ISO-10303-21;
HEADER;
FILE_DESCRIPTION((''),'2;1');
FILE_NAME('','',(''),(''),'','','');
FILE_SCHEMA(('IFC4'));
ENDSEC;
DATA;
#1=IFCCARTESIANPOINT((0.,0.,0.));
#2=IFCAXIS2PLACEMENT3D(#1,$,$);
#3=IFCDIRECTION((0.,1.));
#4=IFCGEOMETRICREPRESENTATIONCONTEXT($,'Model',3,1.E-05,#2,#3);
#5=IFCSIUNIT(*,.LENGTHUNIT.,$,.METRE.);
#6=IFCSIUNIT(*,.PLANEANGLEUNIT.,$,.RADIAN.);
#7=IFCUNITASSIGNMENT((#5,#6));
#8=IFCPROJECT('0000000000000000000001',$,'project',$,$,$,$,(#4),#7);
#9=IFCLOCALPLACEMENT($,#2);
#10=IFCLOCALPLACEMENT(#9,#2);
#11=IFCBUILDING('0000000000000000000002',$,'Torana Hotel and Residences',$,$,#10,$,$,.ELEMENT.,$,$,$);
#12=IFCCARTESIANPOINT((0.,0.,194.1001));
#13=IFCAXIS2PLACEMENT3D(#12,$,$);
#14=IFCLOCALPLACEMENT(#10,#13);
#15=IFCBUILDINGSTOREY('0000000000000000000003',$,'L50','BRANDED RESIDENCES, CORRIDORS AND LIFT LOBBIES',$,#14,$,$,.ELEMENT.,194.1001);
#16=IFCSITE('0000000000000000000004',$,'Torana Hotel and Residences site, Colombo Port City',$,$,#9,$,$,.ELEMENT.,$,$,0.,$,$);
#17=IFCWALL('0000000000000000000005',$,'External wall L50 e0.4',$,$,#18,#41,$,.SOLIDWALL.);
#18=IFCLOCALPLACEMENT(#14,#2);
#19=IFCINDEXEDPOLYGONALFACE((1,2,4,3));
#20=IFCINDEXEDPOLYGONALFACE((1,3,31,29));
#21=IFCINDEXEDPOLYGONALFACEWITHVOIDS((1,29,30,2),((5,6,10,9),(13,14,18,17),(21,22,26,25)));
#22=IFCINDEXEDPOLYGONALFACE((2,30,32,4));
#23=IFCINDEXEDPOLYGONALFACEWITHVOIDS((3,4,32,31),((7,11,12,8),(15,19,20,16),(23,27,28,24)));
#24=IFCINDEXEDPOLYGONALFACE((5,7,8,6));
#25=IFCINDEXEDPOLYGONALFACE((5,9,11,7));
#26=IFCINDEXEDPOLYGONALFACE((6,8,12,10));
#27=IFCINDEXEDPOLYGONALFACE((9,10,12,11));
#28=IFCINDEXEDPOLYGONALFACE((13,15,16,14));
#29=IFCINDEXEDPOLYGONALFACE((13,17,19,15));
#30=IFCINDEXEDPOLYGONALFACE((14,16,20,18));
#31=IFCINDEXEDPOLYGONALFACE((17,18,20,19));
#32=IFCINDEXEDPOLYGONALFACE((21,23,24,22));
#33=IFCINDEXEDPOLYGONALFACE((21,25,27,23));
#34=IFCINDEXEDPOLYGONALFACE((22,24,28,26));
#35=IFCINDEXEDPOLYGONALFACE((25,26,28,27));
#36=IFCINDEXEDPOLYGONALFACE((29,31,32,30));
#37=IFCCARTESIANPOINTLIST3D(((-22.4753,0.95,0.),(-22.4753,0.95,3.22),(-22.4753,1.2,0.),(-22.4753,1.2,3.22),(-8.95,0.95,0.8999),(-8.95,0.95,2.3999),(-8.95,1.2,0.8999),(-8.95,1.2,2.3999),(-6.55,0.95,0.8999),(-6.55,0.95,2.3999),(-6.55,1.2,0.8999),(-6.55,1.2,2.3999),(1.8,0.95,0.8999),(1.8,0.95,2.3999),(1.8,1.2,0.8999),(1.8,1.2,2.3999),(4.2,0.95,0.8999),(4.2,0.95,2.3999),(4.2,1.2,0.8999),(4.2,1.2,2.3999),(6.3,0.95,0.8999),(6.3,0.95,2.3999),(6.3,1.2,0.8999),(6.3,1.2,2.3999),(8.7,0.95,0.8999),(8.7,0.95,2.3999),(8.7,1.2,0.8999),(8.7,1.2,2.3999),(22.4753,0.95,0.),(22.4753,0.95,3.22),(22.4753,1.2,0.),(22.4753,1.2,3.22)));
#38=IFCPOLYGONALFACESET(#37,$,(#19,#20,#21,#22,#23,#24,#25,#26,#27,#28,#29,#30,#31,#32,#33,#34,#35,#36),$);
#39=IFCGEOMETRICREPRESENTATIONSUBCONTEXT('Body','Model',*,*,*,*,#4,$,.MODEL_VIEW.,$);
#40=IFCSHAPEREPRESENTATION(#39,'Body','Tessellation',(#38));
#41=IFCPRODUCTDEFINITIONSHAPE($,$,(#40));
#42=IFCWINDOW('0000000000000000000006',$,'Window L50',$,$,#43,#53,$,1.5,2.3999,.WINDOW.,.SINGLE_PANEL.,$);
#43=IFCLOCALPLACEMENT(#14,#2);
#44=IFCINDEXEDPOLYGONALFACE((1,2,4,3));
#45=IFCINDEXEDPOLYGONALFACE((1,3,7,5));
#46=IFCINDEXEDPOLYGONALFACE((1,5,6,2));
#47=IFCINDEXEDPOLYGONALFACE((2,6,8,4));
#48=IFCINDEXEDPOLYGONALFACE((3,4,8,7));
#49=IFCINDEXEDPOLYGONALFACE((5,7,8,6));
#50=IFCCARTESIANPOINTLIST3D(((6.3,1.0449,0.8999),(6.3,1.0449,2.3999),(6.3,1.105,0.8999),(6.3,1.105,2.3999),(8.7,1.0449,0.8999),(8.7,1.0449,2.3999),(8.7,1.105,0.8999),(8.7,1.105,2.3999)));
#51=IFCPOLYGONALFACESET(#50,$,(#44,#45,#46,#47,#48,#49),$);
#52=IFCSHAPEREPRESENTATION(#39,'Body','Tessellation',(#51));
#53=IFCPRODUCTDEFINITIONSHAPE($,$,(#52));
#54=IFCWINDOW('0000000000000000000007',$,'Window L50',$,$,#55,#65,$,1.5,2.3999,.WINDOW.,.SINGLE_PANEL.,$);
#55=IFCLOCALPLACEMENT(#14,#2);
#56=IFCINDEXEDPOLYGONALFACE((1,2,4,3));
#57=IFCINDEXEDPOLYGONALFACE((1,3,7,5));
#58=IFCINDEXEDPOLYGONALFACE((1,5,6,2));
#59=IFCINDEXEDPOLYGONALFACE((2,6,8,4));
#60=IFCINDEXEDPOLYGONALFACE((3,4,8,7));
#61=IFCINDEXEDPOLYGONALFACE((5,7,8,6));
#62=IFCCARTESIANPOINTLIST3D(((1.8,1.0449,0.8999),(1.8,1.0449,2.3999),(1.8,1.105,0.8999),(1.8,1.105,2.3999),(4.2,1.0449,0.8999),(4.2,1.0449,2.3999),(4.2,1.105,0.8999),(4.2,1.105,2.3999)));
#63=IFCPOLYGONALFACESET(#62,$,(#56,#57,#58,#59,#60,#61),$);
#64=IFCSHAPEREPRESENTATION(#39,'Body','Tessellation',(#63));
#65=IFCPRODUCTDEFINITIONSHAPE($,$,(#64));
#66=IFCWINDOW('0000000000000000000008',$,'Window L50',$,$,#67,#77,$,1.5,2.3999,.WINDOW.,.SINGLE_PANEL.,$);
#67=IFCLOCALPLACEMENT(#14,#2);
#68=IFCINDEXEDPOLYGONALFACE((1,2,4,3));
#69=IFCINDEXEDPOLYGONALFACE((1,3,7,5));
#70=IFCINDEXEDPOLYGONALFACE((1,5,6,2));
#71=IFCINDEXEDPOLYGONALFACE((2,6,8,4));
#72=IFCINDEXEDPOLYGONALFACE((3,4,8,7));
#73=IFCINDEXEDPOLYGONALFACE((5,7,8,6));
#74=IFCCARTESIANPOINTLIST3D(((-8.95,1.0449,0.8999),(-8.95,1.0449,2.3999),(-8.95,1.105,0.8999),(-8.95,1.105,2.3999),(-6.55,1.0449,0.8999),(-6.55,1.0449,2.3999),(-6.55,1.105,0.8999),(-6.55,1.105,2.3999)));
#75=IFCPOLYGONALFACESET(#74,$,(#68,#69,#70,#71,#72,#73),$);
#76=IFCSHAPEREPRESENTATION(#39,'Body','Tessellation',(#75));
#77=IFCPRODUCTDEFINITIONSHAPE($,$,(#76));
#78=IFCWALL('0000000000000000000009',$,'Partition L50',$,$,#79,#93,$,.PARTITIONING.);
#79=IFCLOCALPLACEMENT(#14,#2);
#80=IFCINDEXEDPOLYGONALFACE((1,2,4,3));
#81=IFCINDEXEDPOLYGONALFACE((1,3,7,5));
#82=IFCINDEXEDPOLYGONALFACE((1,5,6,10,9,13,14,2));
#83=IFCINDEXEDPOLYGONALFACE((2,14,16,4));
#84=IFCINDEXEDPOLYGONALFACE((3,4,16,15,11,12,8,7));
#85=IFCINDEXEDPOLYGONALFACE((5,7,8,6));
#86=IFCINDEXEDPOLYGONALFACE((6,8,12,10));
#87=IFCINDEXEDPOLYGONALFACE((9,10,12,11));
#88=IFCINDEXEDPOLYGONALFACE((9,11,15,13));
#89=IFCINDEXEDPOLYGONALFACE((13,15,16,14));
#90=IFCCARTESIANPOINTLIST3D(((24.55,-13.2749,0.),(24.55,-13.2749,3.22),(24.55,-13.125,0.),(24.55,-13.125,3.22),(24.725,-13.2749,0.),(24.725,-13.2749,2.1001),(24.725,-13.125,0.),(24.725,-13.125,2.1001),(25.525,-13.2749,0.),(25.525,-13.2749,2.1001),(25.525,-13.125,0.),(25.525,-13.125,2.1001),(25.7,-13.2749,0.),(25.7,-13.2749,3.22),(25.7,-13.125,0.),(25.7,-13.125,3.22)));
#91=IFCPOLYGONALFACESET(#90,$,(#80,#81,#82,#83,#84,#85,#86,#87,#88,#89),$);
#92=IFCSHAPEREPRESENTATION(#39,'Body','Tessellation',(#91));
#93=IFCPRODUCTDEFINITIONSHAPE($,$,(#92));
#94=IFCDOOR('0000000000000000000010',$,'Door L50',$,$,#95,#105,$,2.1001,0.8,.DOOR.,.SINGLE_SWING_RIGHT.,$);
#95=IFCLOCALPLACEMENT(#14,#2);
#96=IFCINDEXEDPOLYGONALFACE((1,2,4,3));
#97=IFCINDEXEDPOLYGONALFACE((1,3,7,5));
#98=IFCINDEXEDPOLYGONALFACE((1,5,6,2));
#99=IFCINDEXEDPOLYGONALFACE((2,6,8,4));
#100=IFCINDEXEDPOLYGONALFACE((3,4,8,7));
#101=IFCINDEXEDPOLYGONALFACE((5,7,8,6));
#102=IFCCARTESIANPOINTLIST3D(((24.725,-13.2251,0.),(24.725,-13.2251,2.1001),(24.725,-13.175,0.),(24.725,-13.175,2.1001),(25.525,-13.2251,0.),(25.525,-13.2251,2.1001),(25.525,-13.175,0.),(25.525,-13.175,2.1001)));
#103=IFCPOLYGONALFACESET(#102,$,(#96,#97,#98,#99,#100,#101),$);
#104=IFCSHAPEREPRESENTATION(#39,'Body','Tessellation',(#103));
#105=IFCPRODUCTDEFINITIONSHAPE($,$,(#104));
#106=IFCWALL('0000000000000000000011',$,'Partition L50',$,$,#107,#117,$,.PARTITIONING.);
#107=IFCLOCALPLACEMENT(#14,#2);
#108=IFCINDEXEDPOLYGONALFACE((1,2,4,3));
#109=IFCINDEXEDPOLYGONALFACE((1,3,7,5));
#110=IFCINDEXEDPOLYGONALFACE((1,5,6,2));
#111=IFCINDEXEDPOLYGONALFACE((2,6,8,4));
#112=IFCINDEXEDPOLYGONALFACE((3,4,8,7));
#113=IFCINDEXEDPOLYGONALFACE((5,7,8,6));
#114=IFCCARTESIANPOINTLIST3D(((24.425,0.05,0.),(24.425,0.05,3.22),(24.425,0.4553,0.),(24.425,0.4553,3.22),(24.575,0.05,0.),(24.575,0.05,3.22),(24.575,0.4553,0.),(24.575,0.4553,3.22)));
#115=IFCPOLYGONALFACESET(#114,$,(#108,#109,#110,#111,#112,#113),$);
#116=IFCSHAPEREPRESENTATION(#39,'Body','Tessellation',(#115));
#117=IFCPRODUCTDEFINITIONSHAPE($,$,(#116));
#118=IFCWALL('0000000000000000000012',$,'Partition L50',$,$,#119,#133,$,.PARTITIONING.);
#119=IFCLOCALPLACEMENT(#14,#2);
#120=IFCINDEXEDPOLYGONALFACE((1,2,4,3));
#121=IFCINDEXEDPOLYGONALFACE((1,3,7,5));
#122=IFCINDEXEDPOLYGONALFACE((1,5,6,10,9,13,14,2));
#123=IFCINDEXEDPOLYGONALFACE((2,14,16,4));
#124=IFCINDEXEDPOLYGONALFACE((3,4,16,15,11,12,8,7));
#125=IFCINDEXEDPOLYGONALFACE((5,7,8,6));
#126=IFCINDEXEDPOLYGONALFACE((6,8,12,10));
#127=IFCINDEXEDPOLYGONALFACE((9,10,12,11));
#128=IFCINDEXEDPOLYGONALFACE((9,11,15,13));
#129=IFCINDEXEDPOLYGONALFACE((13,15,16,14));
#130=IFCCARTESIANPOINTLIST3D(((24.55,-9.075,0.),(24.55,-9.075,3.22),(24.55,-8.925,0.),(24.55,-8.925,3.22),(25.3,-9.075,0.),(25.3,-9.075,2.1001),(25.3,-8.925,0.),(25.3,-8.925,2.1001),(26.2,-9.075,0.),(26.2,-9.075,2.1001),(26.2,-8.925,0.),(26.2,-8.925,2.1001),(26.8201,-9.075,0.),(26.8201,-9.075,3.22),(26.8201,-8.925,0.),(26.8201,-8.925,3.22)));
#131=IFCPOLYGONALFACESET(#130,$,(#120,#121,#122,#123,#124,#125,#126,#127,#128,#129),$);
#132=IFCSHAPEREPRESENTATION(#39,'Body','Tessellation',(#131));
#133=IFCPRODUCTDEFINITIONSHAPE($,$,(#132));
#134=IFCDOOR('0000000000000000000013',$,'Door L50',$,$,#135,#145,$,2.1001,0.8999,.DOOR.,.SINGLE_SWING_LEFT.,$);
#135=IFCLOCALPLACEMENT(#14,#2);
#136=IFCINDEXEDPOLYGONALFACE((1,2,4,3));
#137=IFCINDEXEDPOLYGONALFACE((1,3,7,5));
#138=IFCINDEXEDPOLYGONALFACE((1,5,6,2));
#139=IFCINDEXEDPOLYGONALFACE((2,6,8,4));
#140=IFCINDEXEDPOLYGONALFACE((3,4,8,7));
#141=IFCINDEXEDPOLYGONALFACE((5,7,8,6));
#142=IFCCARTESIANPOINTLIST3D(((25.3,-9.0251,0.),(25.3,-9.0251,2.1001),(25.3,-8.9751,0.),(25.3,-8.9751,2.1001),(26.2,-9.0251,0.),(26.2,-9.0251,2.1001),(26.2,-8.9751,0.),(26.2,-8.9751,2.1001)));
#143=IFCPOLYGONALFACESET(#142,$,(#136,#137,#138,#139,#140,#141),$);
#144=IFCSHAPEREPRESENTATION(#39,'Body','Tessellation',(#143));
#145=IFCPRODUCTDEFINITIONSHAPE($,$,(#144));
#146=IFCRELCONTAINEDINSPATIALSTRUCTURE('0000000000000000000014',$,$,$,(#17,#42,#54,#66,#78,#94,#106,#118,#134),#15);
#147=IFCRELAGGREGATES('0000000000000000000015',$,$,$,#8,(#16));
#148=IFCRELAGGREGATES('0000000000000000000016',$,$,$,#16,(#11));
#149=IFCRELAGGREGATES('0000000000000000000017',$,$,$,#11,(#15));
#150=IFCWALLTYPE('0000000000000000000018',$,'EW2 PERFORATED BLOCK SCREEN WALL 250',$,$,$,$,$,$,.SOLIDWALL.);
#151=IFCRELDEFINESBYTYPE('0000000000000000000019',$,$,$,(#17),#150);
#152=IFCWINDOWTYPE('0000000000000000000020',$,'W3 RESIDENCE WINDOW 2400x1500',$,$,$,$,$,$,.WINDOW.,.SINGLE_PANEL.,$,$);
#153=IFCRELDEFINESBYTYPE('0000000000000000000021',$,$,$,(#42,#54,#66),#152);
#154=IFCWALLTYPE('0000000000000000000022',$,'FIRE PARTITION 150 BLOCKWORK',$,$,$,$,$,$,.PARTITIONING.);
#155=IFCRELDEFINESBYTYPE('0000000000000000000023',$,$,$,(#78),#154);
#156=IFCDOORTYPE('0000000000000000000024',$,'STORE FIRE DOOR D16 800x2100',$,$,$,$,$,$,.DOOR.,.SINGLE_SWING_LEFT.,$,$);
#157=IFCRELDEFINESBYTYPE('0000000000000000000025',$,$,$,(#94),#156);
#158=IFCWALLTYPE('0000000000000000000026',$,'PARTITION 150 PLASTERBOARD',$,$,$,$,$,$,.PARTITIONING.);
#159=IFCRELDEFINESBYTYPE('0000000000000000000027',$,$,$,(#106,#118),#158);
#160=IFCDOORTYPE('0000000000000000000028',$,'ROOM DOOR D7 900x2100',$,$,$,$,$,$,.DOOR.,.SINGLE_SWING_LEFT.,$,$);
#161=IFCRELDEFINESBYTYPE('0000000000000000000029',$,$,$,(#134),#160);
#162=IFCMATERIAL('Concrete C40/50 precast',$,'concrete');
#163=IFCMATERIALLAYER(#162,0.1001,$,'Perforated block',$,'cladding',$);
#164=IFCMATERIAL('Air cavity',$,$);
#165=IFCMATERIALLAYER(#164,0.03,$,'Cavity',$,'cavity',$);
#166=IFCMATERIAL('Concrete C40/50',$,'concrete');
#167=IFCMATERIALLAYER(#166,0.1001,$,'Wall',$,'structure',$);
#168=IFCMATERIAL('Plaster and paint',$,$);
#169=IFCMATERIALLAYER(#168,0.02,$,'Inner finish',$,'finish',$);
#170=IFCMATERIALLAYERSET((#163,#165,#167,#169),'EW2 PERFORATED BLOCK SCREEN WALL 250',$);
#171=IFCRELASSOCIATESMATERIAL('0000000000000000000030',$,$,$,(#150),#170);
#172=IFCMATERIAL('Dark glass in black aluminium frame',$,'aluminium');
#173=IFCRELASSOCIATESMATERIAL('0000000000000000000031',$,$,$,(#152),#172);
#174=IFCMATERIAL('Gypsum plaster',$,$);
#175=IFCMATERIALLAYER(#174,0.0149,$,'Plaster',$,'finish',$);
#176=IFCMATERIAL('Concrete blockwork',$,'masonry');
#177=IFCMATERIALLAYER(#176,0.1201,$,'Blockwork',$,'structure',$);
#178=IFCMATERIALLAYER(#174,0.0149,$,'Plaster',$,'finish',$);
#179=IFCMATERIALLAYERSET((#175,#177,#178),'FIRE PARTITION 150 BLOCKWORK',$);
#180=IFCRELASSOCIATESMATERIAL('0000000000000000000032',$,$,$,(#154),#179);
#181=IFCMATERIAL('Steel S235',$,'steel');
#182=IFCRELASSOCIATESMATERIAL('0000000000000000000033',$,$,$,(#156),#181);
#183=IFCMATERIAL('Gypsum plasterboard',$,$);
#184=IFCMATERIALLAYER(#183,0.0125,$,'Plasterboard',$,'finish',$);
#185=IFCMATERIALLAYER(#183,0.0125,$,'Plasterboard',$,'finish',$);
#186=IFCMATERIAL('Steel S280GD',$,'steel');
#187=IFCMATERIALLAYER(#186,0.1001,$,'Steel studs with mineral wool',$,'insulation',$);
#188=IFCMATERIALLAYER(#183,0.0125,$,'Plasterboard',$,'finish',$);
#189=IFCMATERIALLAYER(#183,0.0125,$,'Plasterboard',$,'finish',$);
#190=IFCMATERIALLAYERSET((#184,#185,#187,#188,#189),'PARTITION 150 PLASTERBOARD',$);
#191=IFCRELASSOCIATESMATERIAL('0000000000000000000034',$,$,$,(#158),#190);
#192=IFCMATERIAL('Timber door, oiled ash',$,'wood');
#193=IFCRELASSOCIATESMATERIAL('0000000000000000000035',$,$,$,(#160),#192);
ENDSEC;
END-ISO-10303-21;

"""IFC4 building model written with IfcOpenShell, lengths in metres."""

from ifc_helpers import new_model, si_unit, direction, frame, frame_2d, origin, place, context, subcontext, project, spatial, rectangle, extrude, material, layer, layer_set, type_object, element, fill, save


model = new_model("IFC4")

# Units and contexts
model_context = context("Model", 3, precision=1e-05, world=origin(), true_north=direction((0.0, 1.0)))
body_context = subcontext(model_context, "Body", "Model", "MODEL_VIEW")
ifc_project = project(units=[si_unit("LENGTHUNIT", "METRE"), si_unit("PLANEANGLEUNIT", "RADIAN")], contexts=[model_context])

# Site, building, storey
site_placement = place(None, origin())
site = spatial("IfcSite", under=ifc_project, at=site_placement, Name="Torana Hotel and Residences site, Colombo Port City", CompositionType="ELEMENT", RefElevation=0.0)
building_placement = place(site_placement, origin())
building = spatial("IfcBuilding", under=site, at=building_placement, Name="Torana Hotel and Residences", CompositionType="ELEMENT")
storey_placement = place(building_placement, frame((0.0, 0.0, 194.1001)))
storey = spatial("IfcBuildingStorey", under=building, at=storey_placement, Name="L50", Description="BRANDED RESIDENCES, CORRIDORS AND LIFT LOBBIES", CompositionType="ELEMENT", Elevation=194.1001)

# Shared definitions
ifc_material_1 = material(Name="Steel S280GD", Category="steel")

# Wall, openings, windows
ifc_material_2 = material(Name="Concrete C40/50 precast", Category="concrete")
ifc_layer_1 = layer(ifc_material_2, 0.1001, Name="Perforated block", Category="cladding")
ifc_material_3 = material(Name="Air cavity")
ifc_layer_2 = layer(ifc_material_3, 0.03, Name="Cavity", Category="cavity")
ifc_material_4 = material(Name="Concrete C40/50", Category="concrete")
ifc_layer_3 = layer(ifc_material_4, 0.1001, Name="Wall", Category="structure")
ifc_material_5 = material(Name="Plaster and paint")
ifc_layer_4 = layer(ifc_material_5, 0.02, Name="Inner finish", Category="finish")
ifc_layer_set_1 = layer_set([ifc_layer_1, ifc_layer_2, ifc_layer_3, ifc_layer_4], Name="EW2 PERFORATED BLOCK SCREEN WALL 250")
wall_type_1 = type_object("IfcWallType", Name="EW2 PERFORATED BLOCK SCREEN WALL 250", PredefinedType="SOLIDWALL", material=ifc_layer_set_1)
wall_1_placement = place(storey_placement, frame((22.4753, 1.075, 0.0), z_axis=(0.0, 0.0, 1.0), x_axis=(-1.0, 0.0, 0.0)))
wall_1 = element("IfcWall", 1, at=wall_1_placement, inside=storey, type_object=wall_type_1, Name="External wall L50 e0.4", PredefinedType="SOLIDWALL", context=body_context, shape_type="SweptSolid", body=[
    extrude(rectangle(XDim=44.9507, YDim=0.25, at=frame_2d((22.4753, 0.0))), origin(), (0.0, 0.0, 1.0), 3.22),
])
opening_1_placement = place(wall_1_placement, frame((13.7754, 0.0, 0.8999)))
opening_1 = element("IfcOpeningElement", 2, at=opening_1_placement, cuts=wall_1, PredefinedType="OPENING", context=body_context, shape_type="SweptSolid", body=[
    extrude(rectangle(XDim=2.3999, YDim=1.5, at=frame_2d((1.2, 0.75))), frame((0.0, 0.135, 0.0), z_axis=(0.0, -1.0, 0.0), x_axis=(1.0, 0.0, 0.0)), (0.0, 0.0, 1.0), 0.27),
])
opening_2_placement = place(wall_1_placement, frame((18.2754, 0.0, 0.8999)))
opening_2 = element("IfcOpeningElement", 3, at=opening_2_placement, cuts=wall_1, PredefinedType="OPENING", context=body_context, shape_type="SweptSolid", body=[
    extrude(rectangle(XDim=2.3999, YDim=1.5, at=frame_2d((1.2, 0.75))), frame((0.0, 0.135, 0.0), z_axis=(0.0, -1.0, 0.0), x_axis=(1.0, 0.0, 0.0)), (0.0, 0.0, 1.0), 0.27),
])
opening_3_placement = place(wall_1_placement, frame((29.0254, 0.0, 0.8999)))
opening_3 = element("IfcOpeningElement", 4, at=opening_3_placement, cuts=wall_1, PredefinedType="OPENING", context=body_context, shape_type="SweptSolid", body=[
    extrude(rectangle(XDim=2.3999, YDim=1.5, at=frame_2d((1.2, 0.75))), frame((0.0, 0.135, 0.0), z_axis=(0.0, -1.0, 0.0), x_axis=(1.0, 0.0, 0.0)), (0.0, 0.0, 1.0), 0.27),
])
ifc_material_6 = material(Name="Dark glass in black aluminium frame", Category="aluminium")
window_type = type_object("IfcWindowType", Name="W3 RESIDENCE WINDOW 2400x1500", PartitioningType="SINGLE_PANEL", PredefinedType="WINDOW", material=ifc_material_6)
window_1_placement = place(opening_1_placement, origin())
window_1 = element("IfcWindow", 5, at=window_1_placement, inside=storey, type_object=window_type, Name="Window L50", OverallHeight=1.5, OverallWidth=2.3999, PartitioningType="SINGLE_PANEL", PredefinedType="WINDOW", context=body_context, shape_type="SweptSolid", body=[
    extrude(rectangle(XDim=2.3999, YDim=1.5, at=frame_2d((1.2, 0.75))), frame((0.0, 0.03, 0.0), z_axis=(0.0, -1.0, 0.0), x_axis=(1.0, 0.0, 0.0)), (0.0, 0.0, 1.0), 0.0601),
])
fill(opening_1, window_1)
window_2_placement = place(opening_2_placement, origin())
window_2 = element("IfcWindow", 6, at=window_2_placement, inside=storey, type_object=window_type, Name="Window L50", OverallHeight=1.5, OverallWidth=2.3999, PartitioningType="SINGLE_PANEL", PredefinedType="WINDOW", context=body_context, shape_type="SweptSolid", body=[
    extrude(rectangle(XDim=2.3999, YDim=1.5, at=frame_2d((1.2, 0.75))), frame((0.0, 0.03, 0.0), z_axis=(0.0, -1.0, 0.0), x_axis=(1.0, 0.0, 0.0)), (0.0, 0.0, 1.0), 0.0601),
])
fill(opening_2, window_2)
window_3_placement = place(opening_3_placement, origin())
window_3 = element("IfcWindow", 7, at=window_3_placement, inside=storey, type_object=window_type, Name="Window L50", OverallHeight=1.5, OverallWidth=2.3999, PartitioningType="SINGLE_PANEL", PredefinedType="WINDOW", context=body_context, shape_type="SweptSolid", body=[
    extrude(rectangle(XDim=2.3999, YDim=1.5, at=frame_2d((1.2, 0.75))), frame((0.0, 0.03, 0.0), z_axis=(0.0, -1.0, 0.0), x_axis=(1.0, 0.0, 0.0)), (0.0, 0.0, 1.0), 0.0601),
])
fill(opening_3, window_3)

# Wall, opening, door
ifc_material_7 = material(Name="Gypsum plaster")
ifc_layer_5 = layer(ifc_material_7, 0.0149, Name="Plaster", Category="finish")
ifc_material_8 = material(Name="Concrete blockwork", Category="masonry")
ifc_layer_6 = layer(ifc_material_8, 0.1201, Name="Blockwork", Category="structure")
ifc_layer_7 = layer(ifc_material_7, 0.0149, Name="Plaster", Category="finish")
ifc_layer_set_2 = layer_set([ifc_layer_5, ifc_layer_6, ifc_layer_7], Name="FIRE PARTITION 150 BLOCKWORK")
wall_type_2 = type_object("IfcWallType", Name="FIRE PARTITION 150 BLOCKWORK", PredefinedType="PARTITIONING", material=ifc_layer_set_2)
wall_2_placement = place(storey_placement, frame((24.55, -13.2, 0.0), z_axis=(0.0, 0.0, 1.0), x_axis=(1.0, 0.0, 0.0)))
wall_2 = element("IfcWall", 8, at=wall_2_placement, inside=storey, type_object=wall_type_2, Name="Partition L50", PredefinedType="PARTITIONING", context=body_context, shape_type="SweptSolid", body=[
    extrude(rectangle(XDim=1.1499, YDim=0.1499, at=frame_2d((0.575, 0.0))), origin(), (0.0, 0.0, 1.0), 3.22),
])
opening_4_placement = place(wall_2_placement, frame((0.175, 0.0, 0.0)))
opening_4 = element("IfcOpeningElement", 9, at=opening_4_placement, cuts=wall_2, PredefinedType="OPENING", context=body_context, shape_type="SweptSolid", body=[
    extrude(rectangle(XDim=0.8, YDim=2.1001, at=frame_2d((0.3999, 1.05))), frame((0.0, 0.085, 0.0), z_axis=(0.0, -1.0, 0.0), x_axis=(1.0, 0.0, 0.0)), (0.0, 0.0, 1.0), 0.1699),
])
ifc_material_9 = material(Name="Steel S235", Category="steel")
door_type_1 = type_object("IfcDoorType", Name="STORE FIRE DOOR D16 800x2100", OperationType="SINGLE_SWING_LEFT", PredefinedType="DOOR", material=ifc_material_9)
door_1_placement = place(opening_4_placement, origin())
door_1 = element("IfcDoor", 10, at=door_1_placement, inside=storey, type_object=door_type_1, Name="Door L50", OperationType="SINGLE_SWING_RIGHT", OverallHeight=2.1001, OverallWidth=0.8, PredefinedType="DOOR", context=body_context, shape_type="SweptSolid", body=[
    extrude(rectangle(XDim=0.8, YDim=2.1001, at=frame_2d((0.3999, 1.05))), frame((0.0, 0.0249, 0.0), z_axis=(0.0, -1.0, 0.0), x_axis=(1.0, 0.0, 0.0)), (0.0, 0.0, 1.0), 0.05),
])
fill(opening_4, door_1)

# Wall
ifc_material_10 = material(Name="Gypsum plasterboard")
ifc_layer_8 = layer(ifc_material_10, 0.0125, Name="Plasterboard", Category="finish")
ifc_layer_9 = layer(ifc_material_10, 0.0125, Name="Plasterboard", Category="finish")
ifc_layer_10 = layer(ifc_material_1, 0.1001, Name="Steel studs with mineral wool", Category="insulation")
ifc_layer_11 = layer(ifc_material_10, 0.0125, Name="Plasterboard", Category="finish")
ifc_layer_12 = layer(ifc_material_10, 0.0125, Name="Plasterboard", Category="finish")
ifc_layer_set_3 = layer_set([ifc_layer_8, ifc_layer_9, ifc_layer_10, ifc_layer_11, ifc_layer_12], Name="PARTITION 150 PLASTERBOARD")
wall_type_3 = type_object("IfcWallType", Name="PARTITION 150 PLASTERBOARD", PredefinedType="PARTITIONING", material=ifc_layer_set_3)
wall_3_placement = place(storey_placement, frame((24.5, 0.05, 0.0), z_axis=(0.0, 0.0, 1.0), x_axis=(0.0, 1.0, 0.0)))
element("IfcWall", 11, at=wall_3_placement, inside=storey, type_object=wall_type_3, Name="Partition L50", PredefinedType="PARTITIONING", context=body_context, shape_type="SweptSolid", body=[
    extrude(rectangle(XDim=0.4053, YDim=0.1499, at=frame_2d((0.2026, 0.0))), origin(), (0.0, 0.0, 1.0), 3.22),
])

# Wall, opening, door
wall_4_placement = place(storey_placement, frame((24.55, -9.0, 0.0), z_axis=(0.0, 0.0, 1.0), x_axis=(1.0, 0.0, 0.0)))
wall_4 = element("IfcWall", 12, at=wall_4_placement, inside=storey, type_object=wall_type_3, Name="Partition L50", PredefinedType="PARTITIONING", context=body_context, shape_type="SweptSolid", body=[
    extrude(rectangle(XDim=2.27, YDim=0.1499, at=frame_2d((1.135, 0.0))), origin(), (0.0, 0.0, 1.0), 3.22),
])
opening_5_placement = place(wall_4_placement, frame((0.75, 0.0, 0.0)))
opening_5 = element("IfcOpeningElement", 13, at=opening_5_placement, cuts=wall_4, PredefinedType="OPENING", context=body_context, shape_type="SweptSolid", body=[
    extrude(rectangle(XDim=0.8999, YDim=2.1001, at=frame_2d((0.45, 1.05))), frame((0.0, 0.085, 0.0), z_axis=(0.0, -1.0, 0.0), x_axis=(1.0, 0.0, 0.0)), (0.0, 0.0, 1.0), 0.1699),
])
ifc_material_11 = material(Name="Timber door, oiled ash", Category="wood")
door_type_2 = type_object("IfcDoorType", Name="ROOM DOOR D7 900x2100", OperationType="SINGLE_SWING_LEFT", PredefinedType="DOOR", material=ifc_material_11)
door_2_placement = place(opening_5_placement, origin())
door_2 = element("IfcDoor", 14, at=door_2_placement, inside=storey, type_object=door_type_2, Name="Door L50", OperationType="SINGLE_SWING_LEFT", OverallHeight=2.1001, OverallWidth=0.8999, PredefinedType="DOOR", context=body_context, shape_type="SweptSolid", body=[
    extrude(rectangle(XDim=0.8999, YDim=2.1001, at=frame_2d((0.45, 1.05))), frame((0.0, 0.0249, 0.0), z_axis=(0.0, -1.0, 0.0), x_axis=(1.0, 0.0, 0.0)), (0.0, 0.0, 1.0), 0.05),
])
fill(opening_5, door_2)

save(model, "model.ifc")
